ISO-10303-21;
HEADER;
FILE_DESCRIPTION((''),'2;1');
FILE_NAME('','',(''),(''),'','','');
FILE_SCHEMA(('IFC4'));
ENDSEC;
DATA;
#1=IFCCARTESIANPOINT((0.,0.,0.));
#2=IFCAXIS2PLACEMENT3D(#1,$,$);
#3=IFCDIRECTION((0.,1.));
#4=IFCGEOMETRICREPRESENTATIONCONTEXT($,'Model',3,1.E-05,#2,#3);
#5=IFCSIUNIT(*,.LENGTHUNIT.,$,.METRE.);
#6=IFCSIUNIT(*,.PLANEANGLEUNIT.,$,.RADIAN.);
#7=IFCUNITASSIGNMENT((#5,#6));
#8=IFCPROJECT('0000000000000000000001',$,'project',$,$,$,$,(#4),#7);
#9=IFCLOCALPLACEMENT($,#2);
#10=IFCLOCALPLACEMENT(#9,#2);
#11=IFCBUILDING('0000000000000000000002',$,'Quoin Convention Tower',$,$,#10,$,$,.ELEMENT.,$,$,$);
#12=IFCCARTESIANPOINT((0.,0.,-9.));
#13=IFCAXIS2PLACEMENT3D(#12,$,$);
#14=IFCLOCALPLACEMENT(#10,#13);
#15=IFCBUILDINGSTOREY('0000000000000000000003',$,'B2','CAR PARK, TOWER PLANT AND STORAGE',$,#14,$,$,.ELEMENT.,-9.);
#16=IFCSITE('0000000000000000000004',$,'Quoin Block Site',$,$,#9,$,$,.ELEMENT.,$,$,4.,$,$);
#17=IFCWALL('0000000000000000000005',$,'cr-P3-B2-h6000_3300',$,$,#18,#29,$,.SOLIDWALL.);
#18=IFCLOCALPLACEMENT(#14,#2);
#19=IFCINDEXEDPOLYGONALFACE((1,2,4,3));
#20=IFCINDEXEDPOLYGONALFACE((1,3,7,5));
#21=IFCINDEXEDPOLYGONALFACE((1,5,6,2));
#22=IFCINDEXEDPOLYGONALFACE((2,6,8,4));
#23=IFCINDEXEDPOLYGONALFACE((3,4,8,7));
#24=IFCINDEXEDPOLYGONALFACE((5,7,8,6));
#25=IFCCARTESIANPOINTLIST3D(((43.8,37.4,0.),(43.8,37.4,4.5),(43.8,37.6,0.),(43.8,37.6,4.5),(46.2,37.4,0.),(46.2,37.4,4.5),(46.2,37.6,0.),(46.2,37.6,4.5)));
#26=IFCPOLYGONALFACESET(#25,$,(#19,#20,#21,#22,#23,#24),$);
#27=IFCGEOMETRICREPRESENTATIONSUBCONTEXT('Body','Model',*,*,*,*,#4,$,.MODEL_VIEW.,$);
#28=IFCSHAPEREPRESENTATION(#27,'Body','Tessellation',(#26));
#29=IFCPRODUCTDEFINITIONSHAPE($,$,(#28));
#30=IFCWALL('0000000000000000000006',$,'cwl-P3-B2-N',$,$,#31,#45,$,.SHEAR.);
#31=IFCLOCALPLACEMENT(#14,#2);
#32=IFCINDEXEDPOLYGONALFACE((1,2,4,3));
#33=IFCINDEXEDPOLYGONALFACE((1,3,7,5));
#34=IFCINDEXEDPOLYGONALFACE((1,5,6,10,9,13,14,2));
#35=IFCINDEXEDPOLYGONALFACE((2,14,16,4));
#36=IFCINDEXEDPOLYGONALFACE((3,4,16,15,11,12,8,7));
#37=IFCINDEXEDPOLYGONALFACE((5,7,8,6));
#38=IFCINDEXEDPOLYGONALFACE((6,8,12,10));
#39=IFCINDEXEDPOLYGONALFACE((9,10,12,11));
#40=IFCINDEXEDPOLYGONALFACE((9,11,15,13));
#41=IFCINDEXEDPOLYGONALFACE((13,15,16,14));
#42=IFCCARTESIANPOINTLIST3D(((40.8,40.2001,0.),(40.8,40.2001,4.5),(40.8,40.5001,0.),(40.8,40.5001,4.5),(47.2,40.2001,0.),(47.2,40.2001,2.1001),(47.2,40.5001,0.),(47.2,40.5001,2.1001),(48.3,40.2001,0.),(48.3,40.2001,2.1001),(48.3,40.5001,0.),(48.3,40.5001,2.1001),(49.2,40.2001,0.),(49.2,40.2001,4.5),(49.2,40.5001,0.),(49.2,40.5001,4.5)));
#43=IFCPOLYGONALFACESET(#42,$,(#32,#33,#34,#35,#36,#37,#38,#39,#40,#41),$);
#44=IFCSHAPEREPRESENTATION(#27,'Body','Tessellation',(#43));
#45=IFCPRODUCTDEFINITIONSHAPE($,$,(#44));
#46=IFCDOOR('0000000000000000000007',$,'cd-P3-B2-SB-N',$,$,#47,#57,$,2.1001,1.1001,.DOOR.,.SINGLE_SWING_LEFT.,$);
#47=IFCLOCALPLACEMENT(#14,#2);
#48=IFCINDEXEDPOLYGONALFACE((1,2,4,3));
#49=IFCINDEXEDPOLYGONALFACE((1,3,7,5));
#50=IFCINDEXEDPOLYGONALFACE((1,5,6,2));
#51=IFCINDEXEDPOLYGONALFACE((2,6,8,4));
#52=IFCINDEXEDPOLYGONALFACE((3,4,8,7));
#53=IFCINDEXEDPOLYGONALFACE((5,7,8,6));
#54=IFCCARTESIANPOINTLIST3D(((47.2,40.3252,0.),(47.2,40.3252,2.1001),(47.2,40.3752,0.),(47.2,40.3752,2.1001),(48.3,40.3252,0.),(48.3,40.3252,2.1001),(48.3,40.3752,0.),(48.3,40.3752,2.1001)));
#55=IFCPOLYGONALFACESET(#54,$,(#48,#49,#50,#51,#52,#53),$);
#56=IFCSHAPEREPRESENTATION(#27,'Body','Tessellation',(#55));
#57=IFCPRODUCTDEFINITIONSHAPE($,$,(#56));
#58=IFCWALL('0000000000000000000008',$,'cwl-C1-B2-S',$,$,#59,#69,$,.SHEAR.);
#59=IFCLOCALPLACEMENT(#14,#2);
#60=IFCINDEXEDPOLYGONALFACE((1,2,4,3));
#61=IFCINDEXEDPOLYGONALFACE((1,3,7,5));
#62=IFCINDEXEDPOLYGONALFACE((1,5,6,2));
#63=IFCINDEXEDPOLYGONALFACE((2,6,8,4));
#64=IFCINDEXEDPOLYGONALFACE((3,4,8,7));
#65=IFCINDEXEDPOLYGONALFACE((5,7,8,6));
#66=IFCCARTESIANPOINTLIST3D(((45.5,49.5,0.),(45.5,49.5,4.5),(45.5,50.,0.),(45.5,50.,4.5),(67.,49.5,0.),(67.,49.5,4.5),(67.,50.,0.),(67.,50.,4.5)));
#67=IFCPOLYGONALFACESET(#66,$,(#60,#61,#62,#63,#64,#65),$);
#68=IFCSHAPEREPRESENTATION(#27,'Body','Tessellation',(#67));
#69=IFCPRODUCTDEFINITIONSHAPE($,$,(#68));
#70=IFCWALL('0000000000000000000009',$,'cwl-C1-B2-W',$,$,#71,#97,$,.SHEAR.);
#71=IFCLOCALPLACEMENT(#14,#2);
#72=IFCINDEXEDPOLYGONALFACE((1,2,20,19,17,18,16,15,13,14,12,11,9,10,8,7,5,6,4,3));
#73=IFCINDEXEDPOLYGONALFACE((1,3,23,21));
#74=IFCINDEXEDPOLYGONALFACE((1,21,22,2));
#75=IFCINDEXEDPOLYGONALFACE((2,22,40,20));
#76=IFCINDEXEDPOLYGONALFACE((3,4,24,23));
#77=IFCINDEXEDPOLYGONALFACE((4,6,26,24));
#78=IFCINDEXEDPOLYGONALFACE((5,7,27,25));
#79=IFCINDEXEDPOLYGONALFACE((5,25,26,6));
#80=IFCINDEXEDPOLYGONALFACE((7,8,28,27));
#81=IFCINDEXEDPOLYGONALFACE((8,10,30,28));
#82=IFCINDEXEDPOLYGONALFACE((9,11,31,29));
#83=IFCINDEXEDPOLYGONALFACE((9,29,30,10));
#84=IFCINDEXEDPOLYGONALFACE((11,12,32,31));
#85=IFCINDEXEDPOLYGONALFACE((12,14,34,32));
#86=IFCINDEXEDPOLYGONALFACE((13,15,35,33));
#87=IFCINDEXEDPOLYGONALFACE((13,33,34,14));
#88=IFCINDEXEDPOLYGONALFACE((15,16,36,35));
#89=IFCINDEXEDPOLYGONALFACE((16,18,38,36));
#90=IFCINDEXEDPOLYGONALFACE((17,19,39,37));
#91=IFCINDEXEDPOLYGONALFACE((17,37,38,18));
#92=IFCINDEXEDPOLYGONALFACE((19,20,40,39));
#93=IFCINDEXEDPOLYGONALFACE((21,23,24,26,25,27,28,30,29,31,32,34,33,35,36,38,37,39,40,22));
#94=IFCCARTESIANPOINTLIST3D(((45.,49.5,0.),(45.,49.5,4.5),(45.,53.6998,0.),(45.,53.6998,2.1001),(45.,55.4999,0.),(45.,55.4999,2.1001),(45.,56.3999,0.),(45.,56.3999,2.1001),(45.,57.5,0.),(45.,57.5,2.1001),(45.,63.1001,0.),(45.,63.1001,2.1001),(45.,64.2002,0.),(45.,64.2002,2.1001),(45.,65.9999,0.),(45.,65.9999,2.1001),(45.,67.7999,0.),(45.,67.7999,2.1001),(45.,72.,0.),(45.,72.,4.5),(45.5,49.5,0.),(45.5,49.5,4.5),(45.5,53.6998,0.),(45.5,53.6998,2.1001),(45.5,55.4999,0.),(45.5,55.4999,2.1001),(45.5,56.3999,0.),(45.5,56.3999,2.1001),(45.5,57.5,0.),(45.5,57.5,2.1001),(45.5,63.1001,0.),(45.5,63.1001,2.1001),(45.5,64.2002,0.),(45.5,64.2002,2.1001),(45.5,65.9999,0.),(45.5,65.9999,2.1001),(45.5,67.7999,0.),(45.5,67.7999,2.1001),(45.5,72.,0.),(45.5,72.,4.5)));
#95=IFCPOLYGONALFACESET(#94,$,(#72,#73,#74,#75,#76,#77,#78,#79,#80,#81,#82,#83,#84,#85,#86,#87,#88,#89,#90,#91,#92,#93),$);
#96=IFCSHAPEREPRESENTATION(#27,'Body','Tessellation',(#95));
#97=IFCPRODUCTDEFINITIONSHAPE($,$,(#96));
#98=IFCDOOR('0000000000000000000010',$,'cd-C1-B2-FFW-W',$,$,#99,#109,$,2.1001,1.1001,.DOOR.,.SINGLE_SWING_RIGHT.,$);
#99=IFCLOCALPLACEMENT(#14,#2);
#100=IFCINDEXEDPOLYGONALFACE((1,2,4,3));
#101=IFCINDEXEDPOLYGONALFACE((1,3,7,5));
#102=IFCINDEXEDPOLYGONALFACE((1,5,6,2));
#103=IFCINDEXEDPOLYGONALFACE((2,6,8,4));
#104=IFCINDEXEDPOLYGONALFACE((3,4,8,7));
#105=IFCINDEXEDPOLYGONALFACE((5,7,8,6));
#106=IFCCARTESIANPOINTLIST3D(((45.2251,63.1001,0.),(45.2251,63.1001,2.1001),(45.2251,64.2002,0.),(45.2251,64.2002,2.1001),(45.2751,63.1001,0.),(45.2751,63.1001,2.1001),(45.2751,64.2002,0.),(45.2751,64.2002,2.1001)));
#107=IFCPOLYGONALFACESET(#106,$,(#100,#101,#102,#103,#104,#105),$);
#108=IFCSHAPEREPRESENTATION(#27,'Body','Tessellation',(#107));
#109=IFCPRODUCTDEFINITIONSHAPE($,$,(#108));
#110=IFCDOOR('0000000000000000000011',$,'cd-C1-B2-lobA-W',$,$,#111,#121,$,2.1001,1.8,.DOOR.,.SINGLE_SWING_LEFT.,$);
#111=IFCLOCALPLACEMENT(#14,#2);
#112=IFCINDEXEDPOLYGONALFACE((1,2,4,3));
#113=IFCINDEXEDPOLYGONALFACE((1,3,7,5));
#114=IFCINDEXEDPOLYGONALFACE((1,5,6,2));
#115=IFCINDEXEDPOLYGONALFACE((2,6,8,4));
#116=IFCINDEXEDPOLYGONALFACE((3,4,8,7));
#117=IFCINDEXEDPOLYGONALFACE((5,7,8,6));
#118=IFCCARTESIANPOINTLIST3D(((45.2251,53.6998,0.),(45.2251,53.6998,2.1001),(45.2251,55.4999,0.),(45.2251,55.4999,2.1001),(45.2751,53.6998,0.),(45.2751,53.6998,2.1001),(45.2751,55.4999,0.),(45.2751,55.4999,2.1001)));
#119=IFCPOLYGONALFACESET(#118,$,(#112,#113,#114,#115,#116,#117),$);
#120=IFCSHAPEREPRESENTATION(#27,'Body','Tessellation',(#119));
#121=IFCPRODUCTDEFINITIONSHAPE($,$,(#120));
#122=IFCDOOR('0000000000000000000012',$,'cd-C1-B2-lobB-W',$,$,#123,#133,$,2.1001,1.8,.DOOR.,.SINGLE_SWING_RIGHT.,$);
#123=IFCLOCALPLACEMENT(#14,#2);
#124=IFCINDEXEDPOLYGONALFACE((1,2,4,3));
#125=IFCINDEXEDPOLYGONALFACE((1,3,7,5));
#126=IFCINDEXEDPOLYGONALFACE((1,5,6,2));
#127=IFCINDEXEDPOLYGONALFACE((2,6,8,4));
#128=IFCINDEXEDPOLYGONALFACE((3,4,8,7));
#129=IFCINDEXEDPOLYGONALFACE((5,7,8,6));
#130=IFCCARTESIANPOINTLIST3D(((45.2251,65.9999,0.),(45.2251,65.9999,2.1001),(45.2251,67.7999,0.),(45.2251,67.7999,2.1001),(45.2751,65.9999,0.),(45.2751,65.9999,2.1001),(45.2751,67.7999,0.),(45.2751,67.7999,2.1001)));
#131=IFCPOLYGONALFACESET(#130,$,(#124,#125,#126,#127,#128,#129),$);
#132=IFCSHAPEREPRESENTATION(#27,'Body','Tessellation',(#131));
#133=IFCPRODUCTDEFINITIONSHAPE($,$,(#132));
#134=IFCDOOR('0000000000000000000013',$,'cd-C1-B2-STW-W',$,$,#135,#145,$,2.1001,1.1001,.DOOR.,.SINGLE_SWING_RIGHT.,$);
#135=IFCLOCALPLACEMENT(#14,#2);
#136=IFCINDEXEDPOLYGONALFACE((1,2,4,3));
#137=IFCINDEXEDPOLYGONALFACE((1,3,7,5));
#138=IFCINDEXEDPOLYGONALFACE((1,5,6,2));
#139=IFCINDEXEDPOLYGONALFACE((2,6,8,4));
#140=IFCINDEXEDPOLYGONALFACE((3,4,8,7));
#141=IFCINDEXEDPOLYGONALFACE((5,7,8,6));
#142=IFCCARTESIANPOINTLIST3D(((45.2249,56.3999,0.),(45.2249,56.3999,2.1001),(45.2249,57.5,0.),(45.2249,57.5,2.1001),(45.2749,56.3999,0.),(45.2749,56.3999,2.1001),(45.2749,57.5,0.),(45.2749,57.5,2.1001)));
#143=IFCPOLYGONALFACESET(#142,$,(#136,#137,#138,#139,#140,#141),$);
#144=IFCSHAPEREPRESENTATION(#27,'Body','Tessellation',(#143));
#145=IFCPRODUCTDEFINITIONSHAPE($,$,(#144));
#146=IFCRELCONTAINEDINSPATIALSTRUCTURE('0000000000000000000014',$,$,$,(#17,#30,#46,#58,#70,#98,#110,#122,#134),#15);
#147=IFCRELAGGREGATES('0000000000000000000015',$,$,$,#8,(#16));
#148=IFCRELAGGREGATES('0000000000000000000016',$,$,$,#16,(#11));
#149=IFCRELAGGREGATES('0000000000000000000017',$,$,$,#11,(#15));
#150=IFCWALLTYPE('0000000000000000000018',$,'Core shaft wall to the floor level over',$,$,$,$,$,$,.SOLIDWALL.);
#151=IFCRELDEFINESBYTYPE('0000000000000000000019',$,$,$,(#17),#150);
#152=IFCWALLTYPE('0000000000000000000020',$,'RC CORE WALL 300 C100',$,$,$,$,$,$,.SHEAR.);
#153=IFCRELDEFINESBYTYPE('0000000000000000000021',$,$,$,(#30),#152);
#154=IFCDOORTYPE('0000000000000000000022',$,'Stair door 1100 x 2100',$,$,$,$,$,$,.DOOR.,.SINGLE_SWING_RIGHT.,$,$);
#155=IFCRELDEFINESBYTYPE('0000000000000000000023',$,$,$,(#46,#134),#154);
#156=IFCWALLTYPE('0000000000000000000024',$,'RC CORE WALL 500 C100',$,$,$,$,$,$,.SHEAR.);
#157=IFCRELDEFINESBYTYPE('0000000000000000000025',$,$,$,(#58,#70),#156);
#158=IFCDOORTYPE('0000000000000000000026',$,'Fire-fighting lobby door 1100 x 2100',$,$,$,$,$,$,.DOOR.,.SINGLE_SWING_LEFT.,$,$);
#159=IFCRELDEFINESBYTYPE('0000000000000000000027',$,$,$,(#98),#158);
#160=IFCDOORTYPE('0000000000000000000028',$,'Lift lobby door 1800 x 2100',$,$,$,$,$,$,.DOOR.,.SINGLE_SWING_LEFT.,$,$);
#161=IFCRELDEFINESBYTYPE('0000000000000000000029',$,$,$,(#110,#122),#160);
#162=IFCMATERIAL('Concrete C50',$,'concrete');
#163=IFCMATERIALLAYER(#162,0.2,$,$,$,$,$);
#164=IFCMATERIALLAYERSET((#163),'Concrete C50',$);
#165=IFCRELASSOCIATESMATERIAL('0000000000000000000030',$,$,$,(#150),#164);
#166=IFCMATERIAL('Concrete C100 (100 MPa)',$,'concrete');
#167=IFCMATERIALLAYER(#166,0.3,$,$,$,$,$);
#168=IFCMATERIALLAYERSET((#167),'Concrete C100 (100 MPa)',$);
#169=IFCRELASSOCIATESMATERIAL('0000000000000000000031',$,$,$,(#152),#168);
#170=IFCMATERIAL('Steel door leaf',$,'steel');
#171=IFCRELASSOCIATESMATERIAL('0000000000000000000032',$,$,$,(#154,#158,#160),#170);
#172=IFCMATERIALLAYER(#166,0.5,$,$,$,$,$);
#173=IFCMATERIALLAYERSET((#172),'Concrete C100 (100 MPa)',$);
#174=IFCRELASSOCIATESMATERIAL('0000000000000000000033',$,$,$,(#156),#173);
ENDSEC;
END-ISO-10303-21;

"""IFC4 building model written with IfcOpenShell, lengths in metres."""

from ifc_helpers import new_model, si_unit, direction, frame, frame_2d, origin, place, context, subcontext, project, spatial, rectangle, extrude, material, layer, layer_set, type_object, element, fill, save


model = new_model("IFC4")

# Units and contexts
model_context = context("Model", 3, precision=1e-05, world=origin(), true_north=direction((0.0, 1.0)))
body_context = subcontext(model_context, "Body", "Model", "MODEL_VIEW")
ifc_project = project(units=[si_unit("LENGTHUNIT", "METRE"), si_unit("PLANEANGLEUNIT", "RADIAN")], contexts=[model_context])

# Site, building, storey
site_placement = place(None, origin())
site = spatial("IfcSite", under=ifc_project, at=site_placement, Name="Quoin Block Site", CompositionType="ELEMENT", RefElevation=4.0)
building_placement = place(site_placement, origin())
building = spatial("IfcBuilding", under=site, at=building_placement, Name="Quoin Convention Tower", CompositionType="ELEMENT")
storey_placement = place(building_placement, frame((0.0, 0.0, -9.0)))
storey = spatial("IfcBuildingStorey", under=building, at=storey_placement, Name="B2", Description="CAR PARK, TOWER PLANT AND STORAGE", CompositionType="ELEMENT", Elevation=-9.0)

# Shared definitions
ifc_material_1 = material(Name="Concrete C100 (100 MPa)", Category="concrete")

# Wall
ifc_material_2 = material(Name="Concrete C50", Category="concrete")
ifc_layer_1 = layer(ifc_material_2, 0.2)
ifc_layer_set_1 = layer_set([ifc_layer_1], Name="Concrete C50")
wall_type_1 = type_object("IfcWallType", Name="Core shaft wall to the floor level over", PredefinedType="SOLIDWALL", material=ifc_layer_set_1)
wall_1_placement = place(storey_placement, frame((43.8, 37.5, 0.0), z_axis=(0.0, 0.0, 1.0), x_axis=(1.0, 0.0, 0.0)))
element("IfcWall", 1, at=wall_1_placement, inside=storey, type_object=wall_type_1, Name="cr-P3-B2-h6000_3300", PredefinedType="SOLIDWALL", context=body_context, shape_type="SweptSolid", body=[
    extrude(rectangle(XDim=2.3999, YDim=0.2, at=frame_2d((1.2, 0.0))), origin(), (0.0, 0.0, 1.0), 4.5),
])

# Wall, opening, door
ifc_layer_2 = layer(ifc_material_1, 0.3)
ifc_layer_set_2 = layer_set([ifc_layer_2], Name="Concrete C100 (100 MPa)")
wall_type_2 = type_object("IfcWallType", Name="RC CORE WALL 300 C100", PredefinedType="SHEAR", material=ifc_layer_set_2)
wall_2_placement = place(storey_placement, frame((40.8, 40.3501, 0.0), z_axis=(0.0, 0.0, 1.0), x_axis=(1.0, 0.0, 0.0)))
wall_2 = element("IfcWall", 2, at=wall_2_placement, inside=storey, type_object=wall_type_2, Name="cwl-P3-B2-N", PredefinedType="SHEAR", context=body_context, shape_type="SweptSolid", body=[
    extrude(rectangle(XDim=8.3999, YDim=0.3, at=frame_2d((4.2, 0.0))), origin(), (0.0, 0.0, 1.0), 4.5),
])
opening_1_placement = place(wall_2_placement, frame((6.3999, 0.0, 0.0)))
opening_1 = element("IfcOpeningElement", 3, at=opening_1_placement, cuts=wall_2, PredefinedType="OPENING", context=body_context, shape_type="SweptSolid", body=[
    extrude(rectangle(XDim=1.1001, YDim=2.1001, at=frame_2d((0.55, 1.05))), frame((0.0, 0.1599, 0.0), z_axis=(0.0, -1.0, 0.0), x_axis=(1.0, 0.0, 0.0)), (0.0, 0.0, 1.0), 0.3201),
])
ifc_material_3 = material(Name="Steel door leaf", Category="steel")
door_type_1 = type_object("IfcDoorType", Name="Stair door 1100 x 2100", OperationType="SINGLE_SWING_RIGHT", PredefinedType="DOOR", material=ifc_material_3)
door_1_placement = place(opening_1_placement, frame((1.1001, 0.0, 0.0), z_axis=(0.0, 0.0, 1.0), x_axis=(-1.0, 0.0, 0.0)))
door_1 = element("IfcDoor", 4, at=door_1_placement, inside=storey, type_object=door_type_1, Name="cd-P3-B2-SB-N", OperationType="SINGLE_SWING_LEFT", OverallHeight=2.1001, OverallWidth=1.1001, PredefinedType="DOOR", context=body_context, shape_type="SweptSolid", body=[
    extrude(rectangle(XDim=1.1001, YDim=2.1001, at=frame_2d((0.55, 1.05))), frame((0.0, 0.0249, 0.0), z_axis=(0.0, -1.0, 0.0), x_axis=(1.0, 0.0, 0.0)), (0.0, 0.0, 1.0), 0.05),
])
fill(opening_1, door_1)

# Wall
ifc_layer_3 = layer(ifc_material_1, 0.5)
ifc_layer_set_3 = layer_set([ifc_layer_3], Name="Concrete C100 (100 MPa)")
wall_type_3 = type_object("IfcWallType", Name="RC CORE WALL 500 C100", PredefinedType="SHEAR", material=ifc_layer_set_3)
wall_3_placement = place(storey_placement, frame((45.5, 49.75, 0.0), z_axis=(0.0, 0.0, 1.0), x_axis=(1.0, 0.0, 0.0)))
element("IfcWall", 5, at=wall_3_placement, inside=storey, type_object=wall_type_3, Name="cwl-C1-B2-S", PredefinedType="SHEAR", context=body_context, shape_type="SweptSolid", body=[
    extrude(rectangle(XDim=21.5, YDim=0.5, at=frame_2d((10.75, 0.0))), origin(), (0.0, 0.0, 1.0), 4.5),
])

# Wall, openings, doors
wall_4_placement = place(storey_placement, frame((45.25, 49.5, 0.0), z_axis=(0.0, 0.0, 1.0), x_axis=(0.0, 1.0, 0.0)))
wall_4 = element("IfcWall", 6, at=wall_4_placement, inside=storey, type_object=wall_type_3, Name="cwl-C1-B2-W", PredefinedType="SHEAR", context=body_context, shape_type="SweptSolid", body=[
    extrude(rectangle(XDim=22.5, YDim=0.5, at=frame_2d((11.25, 0.0))), origin(), (0.0, 0.0, 1.0), 4.5),
])
opening_2_placement = place(wall_4_placement, frame((4.2, 0.0, 0.0)))
opening_2 = element("IfcOpeningElement", 7, at=opening_2_placement, cuts=wall_4, PredefinedType="OPENING", context=body_context, shape_type="SweptSolid", body=[
    extrude(rectangle(XDim=1.8, YDim=2.1001, at=frame_2d((0.8999, 1.05))), frame((0.0, 0.26, 0.0), z_axis=(0.0, -1.0, 0.0), x_axis=(1.0, 0.0, 0.0)), (0.0, 0.0, 1.0), 0.52),
])
opening_3_placement = place(wall_4_placement, frame((6.8999, 0.0, 0.0)))
opening_3 = element("IfcOpeningElement", 8, at=opening_3_placement, cuts=wall_4, PredefinedType="OPENING", context=body_context, shape_type="SweptSolid", body=[
    extrude(rectangle(XDim=1.1001, YDim=2.1001, at=frame_2d((0.55, 1.05))), frame((0.0, 0.26, 0.0), z_axis=(0.0, -1.0, 0.0), x_axis=(1.0, 0.0, 0.0)), (0.0, 0.0, 1.0), 0.52),
])
opening_4_placement = place(wall_4_placement, frame((13.6001, 0.0, 0.0)))
opening_4 = element("IfcOpeningElement", 9, at=opening_4_placement, cuts=wall_4, PredefinedType="OPENING", context=body_context, shape_type="SweptSolid", body=[
    extrude(rectangle(XDim=1.1001, YDim=2.1001, at=frame_2d((0.55, 1.05))), frame((0.0, 0.26, 0.0), z_axis=(0.0, -1.0, 0.0), x_axis=(1.0, 0.0, 0.0)), (0.0, 0.0, 1.0), 0.52),
])
opening_5_placement = place(wall_4_placement, frame((16.5, 0.0, 0.0)))
opening_5 = element("IfcOpeningElement", 10, at=opening_5_placement, cuts=wall_4, PredefinedType="OPENING", context=body_context, shape_type="SweptSolid", body=[
    extrude(rectangle(XDim=1.8, YDim=2.1001, at=frame_2d((0.8999, 1.05))), frame((0.0, 0.26, 0.0), z_axis=(0.0, -1.0, 0.0), x_axis=(1.0, 0.0, 0.0)), (0.0, 0.0, 1.0), 0.52),
])
door_type_2 = type_object("IfcDoorType", Name="Fire-fighting lobby door 1100 x 2100", OperationType="SINGLE_SWING_LEFT", PredefinedType="DOOR", material=ifc_material_3)
door_2_placement = place(opening_4_placement, origin())
door_2 = element("IfcDoor", 11, at=door_2_placement, inside=storey, type_object=door_type_2, Name="cd-C1-B2-FFW-W", OperationType="SINGLE_SWING_RIGHT", OverallHeight=2.1001, OverallWidth=1.1001, PredefinedType="DOOR", context=body_context, shape_type="SweptSolid", body=[
    extrude(rectangle(XDim=1.1001, YDim=2.1001, at=frame_2d((0.55, 1.05))), frame((0.0, 0.0249, 0.0), z_axis=(0.0, -1.0, 0.0), x_axis=(1.0, 0.0, 0.0)), (0.0, 0.0, 1.0), 0.05),
])
fill(opening_4, door_2)
door_type_3 = type_object("IfcDoorType", Name="Lift lobby door 1800 x 2100", OperationType="SINGLE_SWING_LEFT", PredefinedType="DOOR", material=ifc_material_3)
door_3_placement = place(opening_2_placement, origin())
door_3 = element("IfcDoor", 12, at=door_3_placement, inside=storey, type_object=door_type_3, Name="cd-C1-B2-lobA-W", OperationType="SINGLE_SWING_LEFT", OverallHeight=2.1001, OverallWidth=1.8, PredefinedType="DOOR", context=body_context, shape_type="SweptSolid", body=[
    extrude(rectangle(XDim=1.8, YDim=2.1001, at=frame_2d((0.8999, 1.05))), frame((0.0, 0.0249, 0.0), z_axis=(0.0, -1.0, 0.0), x_axis=(1.0, 0.0, 0.0)), (0.0, 0.0, 1.0), 0.05),
])
fill(opening_2, door_3)
door_4_placement = place(opening_5_placement, origin())
door_4 = element("IfcDoor", 13, at=door_4_placement, inside=storey, type_object=door_type_3, Name="cd-C1-B2-lobB-W", OperationType="SINGLE_SWING_RIGHT", OverallHeight=2.1001, OverallWidth=1.8, PredefinedType="DOOR", context=body_context, shape_type="SweptSolid", body=[
    extrude(rectangle(XDim=1.8, YDim=2.1001, at=frame_2d((0.8999, 1.05))), frame((0.0, 0.0249, 0.0), z_axis=(0.0, -1.0, 0.0), x_axis=(1.0, 0.0, 0.0)), (0.0, 0.0, 1.0), 0.05),
])
fill(opening_5, door_4)
door_5_placement = place(opening_3_placement, frame((1.1001, 0.0, 0.0), z_axis=(0.0, 0.0, 1.0), x_axis=(-1.0, 0.0, 0.0)))
door_5 = element("IfcDoor", 14, at=door_5_placement, inside=storey, type_object=door_type_1, Name="cd-C1-B2-STW-W", OperationType="SINGLE_SWING_RIGHT", OverallHeight=2.1001, OverallWidth=1.1001, PredefinedType="DOOR", context=body_context, shape_type="SweptSolid", body=[
    extrude(rectangle(XDim=1.1001, YDim=2.1001, at=frame_2d((0.55, 1.05))), frame((0.0, 0.0249, 0.0), z_axis=(0.0, -1.0, 0.0), x_axis=(1.0, 0.0, 0.0)), (0.0, 0.0, 1.0), 0.05),
])
fill(opening_3, door_5)

save(model, "model.ifc")
